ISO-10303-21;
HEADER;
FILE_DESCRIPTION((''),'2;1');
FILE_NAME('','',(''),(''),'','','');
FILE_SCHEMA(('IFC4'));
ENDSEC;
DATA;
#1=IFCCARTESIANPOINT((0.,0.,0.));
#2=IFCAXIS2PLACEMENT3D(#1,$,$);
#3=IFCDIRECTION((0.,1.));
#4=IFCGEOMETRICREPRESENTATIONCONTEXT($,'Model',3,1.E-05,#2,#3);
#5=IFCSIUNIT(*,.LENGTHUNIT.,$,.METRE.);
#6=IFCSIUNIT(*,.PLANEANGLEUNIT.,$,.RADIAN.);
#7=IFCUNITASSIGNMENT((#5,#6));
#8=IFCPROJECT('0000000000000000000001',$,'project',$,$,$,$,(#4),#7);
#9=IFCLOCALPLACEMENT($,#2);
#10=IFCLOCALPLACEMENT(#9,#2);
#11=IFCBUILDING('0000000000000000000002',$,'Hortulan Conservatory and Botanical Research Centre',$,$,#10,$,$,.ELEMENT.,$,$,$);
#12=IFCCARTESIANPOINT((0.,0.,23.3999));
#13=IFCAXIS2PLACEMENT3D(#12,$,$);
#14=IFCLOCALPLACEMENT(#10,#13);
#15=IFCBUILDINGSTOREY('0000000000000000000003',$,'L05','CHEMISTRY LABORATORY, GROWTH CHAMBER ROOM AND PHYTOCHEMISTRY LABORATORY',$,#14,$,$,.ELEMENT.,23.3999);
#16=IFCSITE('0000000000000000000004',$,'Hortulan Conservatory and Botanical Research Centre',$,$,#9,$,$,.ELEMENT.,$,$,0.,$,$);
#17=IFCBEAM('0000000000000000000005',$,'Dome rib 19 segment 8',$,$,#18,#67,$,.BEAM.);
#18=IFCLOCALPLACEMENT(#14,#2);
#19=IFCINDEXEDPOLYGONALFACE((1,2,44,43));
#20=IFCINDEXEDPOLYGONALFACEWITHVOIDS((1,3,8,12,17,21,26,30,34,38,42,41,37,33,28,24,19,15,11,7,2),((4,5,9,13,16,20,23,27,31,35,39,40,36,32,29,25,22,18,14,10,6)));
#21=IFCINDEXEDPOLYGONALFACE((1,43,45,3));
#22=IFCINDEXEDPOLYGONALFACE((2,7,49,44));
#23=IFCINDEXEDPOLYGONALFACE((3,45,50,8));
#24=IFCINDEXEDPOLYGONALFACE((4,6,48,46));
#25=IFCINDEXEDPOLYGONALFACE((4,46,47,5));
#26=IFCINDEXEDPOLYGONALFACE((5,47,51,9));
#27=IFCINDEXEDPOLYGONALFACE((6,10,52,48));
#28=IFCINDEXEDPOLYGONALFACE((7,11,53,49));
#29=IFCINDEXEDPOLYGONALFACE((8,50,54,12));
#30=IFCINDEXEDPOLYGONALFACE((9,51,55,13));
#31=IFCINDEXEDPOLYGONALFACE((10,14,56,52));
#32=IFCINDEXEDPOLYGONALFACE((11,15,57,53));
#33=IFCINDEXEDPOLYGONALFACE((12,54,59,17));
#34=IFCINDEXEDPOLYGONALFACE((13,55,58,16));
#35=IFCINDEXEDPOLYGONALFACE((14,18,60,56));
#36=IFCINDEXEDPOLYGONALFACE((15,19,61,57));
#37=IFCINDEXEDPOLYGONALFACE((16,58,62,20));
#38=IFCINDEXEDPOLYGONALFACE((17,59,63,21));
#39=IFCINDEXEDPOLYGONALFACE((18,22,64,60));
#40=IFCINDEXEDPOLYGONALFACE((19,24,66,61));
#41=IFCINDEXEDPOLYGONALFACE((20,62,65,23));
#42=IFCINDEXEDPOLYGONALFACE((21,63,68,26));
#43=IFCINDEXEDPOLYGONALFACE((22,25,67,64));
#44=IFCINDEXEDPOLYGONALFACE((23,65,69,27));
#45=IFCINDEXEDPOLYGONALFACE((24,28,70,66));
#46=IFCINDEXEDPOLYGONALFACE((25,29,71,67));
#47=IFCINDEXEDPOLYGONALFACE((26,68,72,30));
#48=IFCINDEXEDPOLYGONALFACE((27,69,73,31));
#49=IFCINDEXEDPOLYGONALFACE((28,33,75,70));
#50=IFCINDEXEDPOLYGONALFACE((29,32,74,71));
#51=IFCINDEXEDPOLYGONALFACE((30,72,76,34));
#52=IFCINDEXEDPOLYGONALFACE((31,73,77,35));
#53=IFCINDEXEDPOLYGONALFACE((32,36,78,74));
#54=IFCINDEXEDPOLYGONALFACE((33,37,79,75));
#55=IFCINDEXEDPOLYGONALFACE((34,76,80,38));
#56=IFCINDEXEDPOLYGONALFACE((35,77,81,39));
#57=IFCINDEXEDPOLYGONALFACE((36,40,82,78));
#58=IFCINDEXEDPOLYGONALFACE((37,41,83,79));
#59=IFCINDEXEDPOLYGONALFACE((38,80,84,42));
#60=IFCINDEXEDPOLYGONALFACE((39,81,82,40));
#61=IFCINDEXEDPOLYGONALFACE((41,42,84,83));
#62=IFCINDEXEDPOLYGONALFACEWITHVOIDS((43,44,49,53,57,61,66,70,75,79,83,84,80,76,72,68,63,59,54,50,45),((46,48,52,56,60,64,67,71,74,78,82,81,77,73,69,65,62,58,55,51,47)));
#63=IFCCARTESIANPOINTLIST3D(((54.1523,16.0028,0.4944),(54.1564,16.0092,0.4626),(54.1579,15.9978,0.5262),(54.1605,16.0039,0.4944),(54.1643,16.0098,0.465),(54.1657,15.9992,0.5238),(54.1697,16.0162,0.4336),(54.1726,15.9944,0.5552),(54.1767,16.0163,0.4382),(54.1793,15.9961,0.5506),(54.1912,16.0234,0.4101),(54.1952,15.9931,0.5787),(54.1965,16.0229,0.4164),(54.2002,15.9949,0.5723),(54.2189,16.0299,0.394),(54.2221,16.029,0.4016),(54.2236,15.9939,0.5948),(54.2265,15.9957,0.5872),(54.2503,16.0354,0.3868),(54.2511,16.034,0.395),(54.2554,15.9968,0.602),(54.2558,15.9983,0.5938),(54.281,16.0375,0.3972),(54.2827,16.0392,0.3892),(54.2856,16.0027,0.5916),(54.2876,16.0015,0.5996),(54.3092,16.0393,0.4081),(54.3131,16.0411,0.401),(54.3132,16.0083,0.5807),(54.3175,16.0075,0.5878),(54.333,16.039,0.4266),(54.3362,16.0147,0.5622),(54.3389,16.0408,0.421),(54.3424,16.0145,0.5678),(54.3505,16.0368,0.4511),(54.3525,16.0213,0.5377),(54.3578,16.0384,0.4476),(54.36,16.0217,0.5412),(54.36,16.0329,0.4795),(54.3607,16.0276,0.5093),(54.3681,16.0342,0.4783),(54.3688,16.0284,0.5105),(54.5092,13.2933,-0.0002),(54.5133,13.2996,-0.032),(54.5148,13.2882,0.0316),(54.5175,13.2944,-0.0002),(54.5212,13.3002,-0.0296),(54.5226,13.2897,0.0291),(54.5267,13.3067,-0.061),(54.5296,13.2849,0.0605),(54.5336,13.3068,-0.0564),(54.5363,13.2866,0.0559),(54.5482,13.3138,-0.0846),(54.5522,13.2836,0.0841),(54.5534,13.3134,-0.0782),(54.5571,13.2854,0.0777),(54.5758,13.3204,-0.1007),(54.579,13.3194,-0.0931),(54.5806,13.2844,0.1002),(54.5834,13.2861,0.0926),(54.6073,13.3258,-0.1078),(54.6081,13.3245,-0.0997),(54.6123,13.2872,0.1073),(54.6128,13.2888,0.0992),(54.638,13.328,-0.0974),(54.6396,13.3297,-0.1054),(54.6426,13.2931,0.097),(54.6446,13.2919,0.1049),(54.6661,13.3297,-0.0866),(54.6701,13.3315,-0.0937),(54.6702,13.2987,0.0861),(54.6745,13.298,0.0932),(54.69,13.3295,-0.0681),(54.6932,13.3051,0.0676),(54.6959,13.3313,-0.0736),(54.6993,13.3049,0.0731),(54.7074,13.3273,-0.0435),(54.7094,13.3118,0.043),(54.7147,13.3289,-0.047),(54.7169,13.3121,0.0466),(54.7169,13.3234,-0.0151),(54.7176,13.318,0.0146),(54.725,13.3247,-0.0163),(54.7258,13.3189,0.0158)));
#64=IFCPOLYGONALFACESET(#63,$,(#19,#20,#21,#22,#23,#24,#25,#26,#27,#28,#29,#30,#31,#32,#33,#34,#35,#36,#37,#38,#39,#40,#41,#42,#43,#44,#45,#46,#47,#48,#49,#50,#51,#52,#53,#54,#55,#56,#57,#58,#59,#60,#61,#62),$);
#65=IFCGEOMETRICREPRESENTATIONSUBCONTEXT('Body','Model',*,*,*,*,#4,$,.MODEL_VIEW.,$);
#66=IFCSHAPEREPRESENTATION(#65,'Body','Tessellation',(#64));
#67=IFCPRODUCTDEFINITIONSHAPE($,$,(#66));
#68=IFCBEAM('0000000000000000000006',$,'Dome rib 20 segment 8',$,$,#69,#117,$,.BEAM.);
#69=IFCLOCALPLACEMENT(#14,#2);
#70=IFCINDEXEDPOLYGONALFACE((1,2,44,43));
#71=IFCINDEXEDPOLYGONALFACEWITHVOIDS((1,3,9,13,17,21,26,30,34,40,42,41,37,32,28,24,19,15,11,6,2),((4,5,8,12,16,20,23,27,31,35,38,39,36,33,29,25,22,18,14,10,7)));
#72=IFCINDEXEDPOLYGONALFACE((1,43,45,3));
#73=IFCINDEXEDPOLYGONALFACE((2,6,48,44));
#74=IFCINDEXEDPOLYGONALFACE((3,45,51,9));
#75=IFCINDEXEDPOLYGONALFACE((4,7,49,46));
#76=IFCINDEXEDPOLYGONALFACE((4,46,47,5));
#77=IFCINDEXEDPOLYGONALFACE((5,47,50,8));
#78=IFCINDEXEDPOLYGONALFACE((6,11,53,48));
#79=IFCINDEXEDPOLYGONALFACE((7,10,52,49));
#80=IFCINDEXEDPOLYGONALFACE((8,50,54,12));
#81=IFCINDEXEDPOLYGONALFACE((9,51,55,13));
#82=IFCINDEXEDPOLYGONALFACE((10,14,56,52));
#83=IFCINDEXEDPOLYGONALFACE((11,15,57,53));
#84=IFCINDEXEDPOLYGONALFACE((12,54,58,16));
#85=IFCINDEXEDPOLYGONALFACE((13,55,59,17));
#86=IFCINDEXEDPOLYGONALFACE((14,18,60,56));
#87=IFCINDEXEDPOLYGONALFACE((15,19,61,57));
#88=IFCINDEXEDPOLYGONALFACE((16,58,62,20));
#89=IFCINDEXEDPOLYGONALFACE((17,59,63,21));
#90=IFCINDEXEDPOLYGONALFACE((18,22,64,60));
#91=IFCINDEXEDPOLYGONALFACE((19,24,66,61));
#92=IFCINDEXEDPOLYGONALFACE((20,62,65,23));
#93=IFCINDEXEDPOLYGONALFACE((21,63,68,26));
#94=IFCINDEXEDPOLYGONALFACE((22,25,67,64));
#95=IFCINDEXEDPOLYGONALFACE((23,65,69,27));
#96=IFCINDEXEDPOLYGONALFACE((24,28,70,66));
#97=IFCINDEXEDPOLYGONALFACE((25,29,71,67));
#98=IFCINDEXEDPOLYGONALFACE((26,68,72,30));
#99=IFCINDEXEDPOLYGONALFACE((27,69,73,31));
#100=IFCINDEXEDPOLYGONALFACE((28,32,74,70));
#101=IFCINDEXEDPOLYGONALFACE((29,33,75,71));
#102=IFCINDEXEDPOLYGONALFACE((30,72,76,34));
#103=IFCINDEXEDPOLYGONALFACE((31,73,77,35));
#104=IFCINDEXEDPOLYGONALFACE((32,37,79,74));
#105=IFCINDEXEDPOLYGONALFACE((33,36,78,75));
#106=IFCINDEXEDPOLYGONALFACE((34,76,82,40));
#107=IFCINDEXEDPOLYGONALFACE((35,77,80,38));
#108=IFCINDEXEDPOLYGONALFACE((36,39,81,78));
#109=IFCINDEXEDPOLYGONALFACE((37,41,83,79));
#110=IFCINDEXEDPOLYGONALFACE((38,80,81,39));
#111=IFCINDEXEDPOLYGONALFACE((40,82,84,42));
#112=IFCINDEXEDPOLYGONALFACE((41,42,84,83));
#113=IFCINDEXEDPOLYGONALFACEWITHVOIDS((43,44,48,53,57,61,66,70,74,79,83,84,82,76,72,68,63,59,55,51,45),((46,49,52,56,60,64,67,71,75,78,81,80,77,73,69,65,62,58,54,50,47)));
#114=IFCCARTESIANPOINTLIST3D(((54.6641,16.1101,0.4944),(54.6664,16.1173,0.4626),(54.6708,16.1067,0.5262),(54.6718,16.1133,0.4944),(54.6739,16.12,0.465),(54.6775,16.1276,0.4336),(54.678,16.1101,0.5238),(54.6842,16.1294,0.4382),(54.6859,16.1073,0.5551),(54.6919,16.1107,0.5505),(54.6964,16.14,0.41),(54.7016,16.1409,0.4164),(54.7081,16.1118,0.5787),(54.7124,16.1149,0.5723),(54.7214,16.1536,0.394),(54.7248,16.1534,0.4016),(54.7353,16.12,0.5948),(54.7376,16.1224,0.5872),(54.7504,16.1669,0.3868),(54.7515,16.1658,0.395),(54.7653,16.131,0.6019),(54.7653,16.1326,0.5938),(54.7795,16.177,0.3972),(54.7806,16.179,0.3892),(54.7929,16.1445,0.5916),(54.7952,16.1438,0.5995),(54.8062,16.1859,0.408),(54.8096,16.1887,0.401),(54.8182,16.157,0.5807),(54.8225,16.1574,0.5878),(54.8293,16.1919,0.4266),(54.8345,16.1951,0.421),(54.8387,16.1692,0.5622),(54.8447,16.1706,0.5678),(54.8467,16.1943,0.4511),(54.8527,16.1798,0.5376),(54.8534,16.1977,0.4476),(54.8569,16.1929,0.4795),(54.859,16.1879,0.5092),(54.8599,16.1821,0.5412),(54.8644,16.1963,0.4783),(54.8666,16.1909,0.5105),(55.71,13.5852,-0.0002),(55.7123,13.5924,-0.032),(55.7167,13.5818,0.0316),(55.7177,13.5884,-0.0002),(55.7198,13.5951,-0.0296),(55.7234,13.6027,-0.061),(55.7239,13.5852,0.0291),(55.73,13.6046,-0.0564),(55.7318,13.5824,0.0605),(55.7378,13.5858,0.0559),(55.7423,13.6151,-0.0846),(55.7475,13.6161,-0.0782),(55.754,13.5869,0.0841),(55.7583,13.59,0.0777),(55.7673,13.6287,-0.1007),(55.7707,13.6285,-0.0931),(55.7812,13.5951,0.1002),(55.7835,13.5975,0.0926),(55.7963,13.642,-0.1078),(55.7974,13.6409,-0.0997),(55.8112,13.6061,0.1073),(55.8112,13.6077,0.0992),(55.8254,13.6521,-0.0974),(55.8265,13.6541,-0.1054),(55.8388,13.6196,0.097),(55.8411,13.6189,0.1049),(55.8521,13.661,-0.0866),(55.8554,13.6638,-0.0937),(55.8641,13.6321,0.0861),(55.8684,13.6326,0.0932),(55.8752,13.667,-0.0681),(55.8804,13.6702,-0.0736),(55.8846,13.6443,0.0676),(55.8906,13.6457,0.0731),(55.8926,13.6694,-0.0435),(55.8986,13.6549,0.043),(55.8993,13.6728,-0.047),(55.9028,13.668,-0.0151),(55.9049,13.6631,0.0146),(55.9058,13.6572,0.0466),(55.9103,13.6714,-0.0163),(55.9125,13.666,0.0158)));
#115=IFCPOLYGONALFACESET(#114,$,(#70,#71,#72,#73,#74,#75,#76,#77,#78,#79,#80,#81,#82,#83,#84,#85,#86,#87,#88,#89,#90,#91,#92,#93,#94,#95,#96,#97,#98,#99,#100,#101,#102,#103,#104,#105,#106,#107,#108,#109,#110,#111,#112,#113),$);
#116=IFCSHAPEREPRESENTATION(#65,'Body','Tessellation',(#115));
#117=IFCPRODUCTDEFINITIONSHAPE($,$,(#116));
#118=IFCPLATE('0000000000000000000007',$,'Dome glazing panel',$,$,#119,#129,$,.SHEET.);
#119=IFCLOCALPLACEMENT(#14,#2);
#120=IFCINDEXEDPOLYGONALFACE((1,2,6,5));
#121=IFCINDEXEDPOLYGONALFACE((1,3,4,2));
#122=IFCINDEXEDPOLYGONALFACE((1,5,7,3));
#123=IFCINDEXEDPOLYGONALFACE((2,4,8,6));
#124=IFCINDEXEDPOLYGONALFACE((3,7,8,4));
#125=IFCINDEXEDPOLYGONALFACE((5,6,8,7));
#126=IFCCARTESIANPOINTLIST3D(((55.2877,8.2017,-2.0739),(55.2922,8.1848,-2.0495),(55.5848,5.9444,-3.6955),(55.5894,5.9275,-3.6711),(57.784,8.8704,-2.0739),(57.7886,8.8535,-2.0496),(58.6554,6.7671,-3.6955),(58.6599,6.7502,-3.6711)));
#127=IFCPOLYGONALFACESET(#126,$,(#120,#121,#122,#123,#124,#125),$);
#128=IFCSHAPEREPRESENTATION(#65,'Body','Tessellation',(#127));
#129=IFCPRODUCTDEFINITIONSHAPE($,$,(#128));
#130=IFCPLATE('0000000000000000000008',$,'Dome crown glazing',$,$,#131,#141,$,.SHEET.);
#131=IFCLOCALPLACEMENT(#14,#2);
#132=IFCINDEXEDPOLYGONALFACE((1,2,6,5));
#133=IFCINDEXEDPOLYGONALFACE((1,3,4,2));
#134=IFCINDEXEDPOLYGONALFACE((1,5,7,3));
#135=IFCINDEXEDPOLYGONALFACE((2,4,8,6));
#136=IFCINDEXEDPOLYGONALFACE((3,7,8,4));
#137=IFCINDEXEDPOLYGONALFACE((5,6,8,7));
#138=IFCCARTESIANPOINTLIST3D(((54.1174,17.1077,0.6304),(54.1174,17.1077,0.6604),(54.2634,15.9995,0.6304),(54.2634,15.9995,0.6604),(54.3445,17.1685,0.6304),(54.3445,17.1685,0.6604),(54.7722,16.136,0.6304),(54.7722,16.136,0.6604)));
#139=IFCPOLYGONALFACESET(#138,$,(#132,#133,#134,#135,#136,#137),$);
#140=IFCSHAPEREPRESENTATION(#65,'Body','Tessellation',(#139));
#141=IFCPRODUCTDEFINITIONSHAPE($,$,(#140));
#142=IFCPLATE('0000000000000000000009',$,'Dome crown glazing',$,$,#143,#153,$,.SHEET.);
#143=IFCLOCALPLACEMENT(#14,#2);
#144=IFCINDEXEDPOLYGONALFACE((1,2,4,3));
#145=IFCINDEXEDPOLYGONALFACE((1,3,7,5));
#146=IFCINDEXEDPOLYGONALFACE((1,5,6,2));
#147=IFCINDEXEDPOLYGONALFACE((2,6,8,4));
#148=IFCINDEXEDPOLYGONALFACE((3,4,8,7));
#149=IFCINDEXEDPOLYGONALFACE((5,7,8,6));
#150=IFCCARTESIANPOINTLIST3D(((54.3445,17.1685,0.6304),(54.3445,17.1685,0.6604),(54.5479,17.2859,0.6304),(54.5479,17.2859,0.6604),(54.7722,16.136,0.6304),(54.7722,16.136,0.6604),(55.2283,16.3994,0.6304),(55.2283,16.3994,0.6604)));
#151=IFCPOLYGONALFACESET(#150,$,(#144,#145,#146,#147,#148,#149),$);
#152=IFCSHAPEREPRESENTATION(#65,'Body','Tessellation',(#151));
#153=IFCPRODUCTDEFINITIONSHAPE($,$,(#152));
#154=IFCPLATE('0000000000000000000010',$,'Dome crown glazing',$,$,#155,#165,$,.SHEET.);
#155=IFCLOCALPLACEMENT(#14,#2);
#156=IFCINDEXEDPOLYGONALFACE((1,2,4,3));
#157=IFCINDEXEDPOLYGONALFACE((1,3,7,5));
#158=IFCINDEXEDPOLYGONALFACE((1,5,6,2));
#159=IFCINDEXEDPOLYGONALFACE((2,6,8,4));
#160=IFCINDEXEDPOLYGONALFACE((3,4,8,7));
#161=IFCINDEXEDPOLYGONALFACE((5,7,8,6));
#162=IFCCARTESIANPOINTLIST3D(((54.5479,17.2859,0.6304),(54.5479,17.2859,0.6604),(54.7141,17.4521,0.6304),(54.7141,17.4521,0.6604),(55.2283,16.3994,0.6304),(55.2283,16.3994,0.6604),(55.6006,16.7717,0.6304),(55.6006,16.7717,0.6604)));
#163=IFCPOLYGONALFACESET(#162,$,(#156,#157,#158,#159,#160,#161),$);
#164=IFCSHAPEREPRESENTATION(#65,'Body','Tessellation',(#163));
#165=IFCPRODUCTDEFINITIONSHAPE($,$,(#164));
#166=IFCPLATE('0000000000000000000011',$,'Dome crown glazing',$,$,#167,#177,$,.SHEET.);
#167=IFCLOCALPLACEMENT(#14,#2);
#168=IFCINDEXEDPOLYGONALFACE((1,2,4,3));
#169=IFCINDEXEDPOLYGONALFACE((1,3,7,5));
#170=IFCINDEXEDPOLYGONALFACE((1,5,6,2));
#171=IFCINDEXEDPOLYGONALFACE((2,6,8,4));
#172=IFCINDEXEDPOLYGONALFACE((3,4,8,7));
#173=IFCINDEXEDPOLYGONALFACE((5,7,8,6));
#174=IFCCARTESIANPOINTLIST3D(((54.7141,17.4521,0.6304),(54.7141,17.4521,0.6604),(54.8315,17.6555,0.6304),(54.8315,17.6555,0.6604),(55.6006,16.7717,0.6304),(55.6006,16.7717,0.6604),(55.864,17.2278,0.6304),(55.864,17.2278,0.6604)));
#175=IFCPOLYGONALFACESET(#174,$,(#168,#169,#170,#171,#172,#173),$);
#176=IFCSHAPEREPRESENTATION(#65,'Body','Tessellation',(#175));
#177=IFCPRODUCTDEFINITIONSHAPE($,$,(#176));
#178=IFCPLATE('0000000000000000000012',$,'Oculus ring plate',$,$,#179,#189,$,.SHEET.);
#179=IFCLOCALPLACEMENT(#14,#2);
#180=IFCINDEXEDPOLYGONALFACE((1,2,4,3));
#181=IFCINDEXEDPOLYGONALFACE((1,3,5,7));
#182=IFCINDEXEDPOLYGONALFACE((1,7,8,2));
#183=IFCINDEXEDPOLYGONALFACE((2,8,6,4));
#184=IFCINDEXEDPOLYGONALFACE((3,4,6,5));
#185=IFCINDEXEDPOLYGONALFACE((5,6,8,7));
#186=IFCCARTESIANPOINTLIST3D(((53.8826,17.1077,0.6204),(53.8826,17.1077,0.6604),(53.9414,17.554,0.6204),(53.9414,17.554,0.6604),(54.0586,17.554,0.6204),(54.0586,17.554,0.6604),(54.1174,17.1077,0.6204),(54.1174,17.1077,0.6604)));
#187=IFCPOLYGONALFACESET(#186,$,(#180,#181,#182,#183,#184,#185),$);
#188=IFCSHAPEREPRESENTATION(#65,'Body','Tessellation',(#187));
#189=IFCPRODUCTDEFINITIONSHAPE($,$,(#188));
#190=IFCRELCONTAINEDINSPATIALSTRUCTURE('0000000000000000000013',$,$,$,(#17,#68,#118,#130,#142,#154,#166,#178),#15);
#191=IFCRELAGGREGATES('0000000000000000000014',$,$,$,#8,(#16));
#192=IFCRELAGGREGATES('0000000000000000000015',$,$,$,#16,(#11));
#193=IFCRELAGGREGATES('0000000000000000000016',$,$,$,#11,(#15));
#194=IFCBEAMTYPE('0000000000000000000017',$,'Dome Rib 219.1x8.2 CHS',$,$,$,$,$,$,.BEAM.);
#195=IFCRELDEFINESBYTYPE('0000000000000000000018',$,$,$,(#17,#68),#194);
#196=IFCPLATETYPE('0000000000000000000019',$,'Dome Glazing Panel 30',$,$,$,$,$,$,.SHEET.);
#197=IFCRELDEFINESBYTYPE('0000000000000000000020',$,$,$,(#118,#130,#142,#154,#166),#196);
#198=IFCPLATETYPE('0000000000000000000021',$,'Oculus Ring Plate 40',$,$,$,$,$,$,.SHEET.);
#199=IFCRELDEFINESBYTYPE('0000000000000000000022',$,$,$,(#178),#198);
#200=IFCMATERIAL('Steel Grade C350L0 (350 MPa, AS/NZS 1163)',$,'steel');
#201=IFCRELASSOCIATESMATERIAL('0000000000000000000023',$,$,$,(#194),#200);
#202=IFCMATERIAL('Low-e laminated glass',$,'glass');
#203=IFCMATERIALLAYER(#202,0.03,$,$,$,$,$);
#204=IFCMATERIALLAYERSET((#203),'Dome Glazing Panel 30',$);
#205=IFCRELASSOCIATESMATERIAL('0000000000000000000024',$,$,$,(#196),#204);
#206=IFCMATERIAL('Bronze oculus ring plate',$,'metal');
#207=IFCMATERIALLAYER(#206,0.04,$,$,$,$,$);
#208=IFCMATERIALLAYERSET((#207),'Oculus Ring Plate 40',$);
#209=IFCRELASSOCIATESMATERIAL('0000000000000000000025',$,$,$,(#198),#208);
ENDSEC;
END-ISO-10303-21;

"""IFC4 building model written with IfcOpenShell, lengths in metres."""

from ifc_helpers import new_model, si_unit, direction, frame, origin, origin_2d, place, context, subcontext, project, spatial, polyline, hollow_circle, outline, extrude, material, layer, layer_set, material_profile, profile_set, type_object, element, save


model = new_model("IFC4")

# Units and contexts
model_context = context("Model", 3, precision=1e-05, world=origin(), true_north=direction((0.0, 1.0)))
body_context = subcontext(model_context, "Body", "Model", "MODEL_VIEW")
ifc_project = project(units=[si_unit("LENGTHUNIT", "METRE"), si_unit("PLANEANGLEUNIT", "RADIAN")], contexts=[model_context])

# Site, building, storey
site_placement = place(None, origin())
site = spatial("IfcSite", under=ifc_project, at=site_placement, Name="Hortulan Conservatory and Botanical Research Centre", CompositionType="ELEMENT", RefElevation=0.0)
building_placement = place(site_placement, origin())
building = spatial("IfcBuilding", under=site, at=building_placement, Name="Hortulan Conservatory and Botanical Research Centre", CompositionType="ELEMENT")
storey_placement = place(building_placement, frame((0.0, 0.0, 23.3999)))
storey = spatial("IfcBuildingStorey", under=building, at=storey_placement, Name="L05", Description="CHEMISTRY LABORATORY, GROWTH CHAMBER ROOM AND PHYTOCHEMISTRY LABORATORY", CompositionType="ELEMENT", Elevation=23.3999)

# Shared definitions
ifc_material_1 = material(Name="Steel Grade C350L0 (350 MPa, AS/NZS 1163)", Category="steel")

# Beams
ifc_material_profile_1 = material_profile(ifc_material_1, hollow_circle(Radius=0.1096, WallThickness=0.0083, at=origin_2d()), Name="219.1x8.2CHS")
ifc_profile_set_1 = profile_set([ifc_material_profile_1], Name="Steel Grade C350L0 (350 MPa, AS/NZS 1163)")
beam_type = type_object("IfcBeamType", Name="Dome Rib 219.1x8.2 CHS", PredefinedType="BEAM", material=ifc_profile_set_1)
for number, where, z_axis, x_axis, name in (
    (1, (54.6179, 13.3076, -0.0002), (-0.128519, 0.975584, 0.178098), (-0.991434, -0.130607, 0.0), "Dome rib 19 segment 8"),
    (2, (55.8113, 13.6272, -0.0002), (-0.376581, 0.909104, 0.178094), (-0.923873, -0.382699, 0.0), "Dome rib 20 segment 8"),
):
    element("IfcBeam", number, at=place(storey_placement, frame(where, z_axis=z_axis, x_axis=x_axis)), inside=storey, type_object=beam_type, Name=name, PredefinedType="BEAM", context=body_context, shape_type="SweptSolid", body=[
        extrude(hollow_circle(Radius=0.1096, WallThickness=0.0083, at=origin_2d()), origin(), (0.0, 0.0, 1.0), 2.7773),
    ])

# Plates
ifc_material_2 = material(Name="Low-e laminated glass", Category="glass")
ifc_layer_1 = layer(ifc_material_2, 0.03)
ifc_layer_set_1 = layer_set([ifc_layer_1], Name="Dome Glazing Panel 30")
plate_type_1 = type_object("IfcPlateType", Name="Dome Glazing Panel 30", PredefinedType="SHEET", material=ifc_layer_set_1)
plate_1_placement = place(storey_placement, frame((55.5894, 5.9275, -3.6711), z_axis=(0.15099, -0.563573, 0.81215), x_axis=(0.965929, 0.258809, 0.000015)))
element("IfcPlate", 3, at=plate_1_placement, inside=storey, type_object=plate_type_1, Name="Dome glazing panel", PredefinedType="SHEET", context=body_context, shape_type="SweptSolid", body=[
    extrude(outline(polyline([(0.0, 0.0), (3.1789, 0.0), (2.8816, 2.7792), (0.2972, 2.7794), (0.0, 0.0)])), origin(), (0.0, 0.0, -1.0), 0.03),
])
plate_2_placement = place(storey_placement, frame((54.2634, 15.9995, 0.6604), z_axis=(0.0, 0.0, 1.0), x_axis=(0.965857, 0.259076, 0.0)))
element("IfcPlate", 4, at=plate_2_placement, inside=storey, type_object=plate_type_1, Name="Dome crown glazing", PredefinedType="SHEET", context=body_context, shape_type="SweptSolid", body=[
    extrude(outline(polyline([(0.0, 0.0), (0.5268, 0.0), (0.3811, 1.108), (0.1461, 1.1081), (0.0, 0.0)])), origin(), (0.0, 0.0, -1.0), 0.03),
])
plate_3_placement = place(storey_placement, frame((54.7722, 16.136, 0.6604), z_axis=(0.0, 0.0, 1.0), x_axis=(0.865923, 0.500177, 0.0)))
element("IfcPlate", 5, at=plate_3_placement, inside=storey, type_object=plate_type_1, Name="Dome crown glazing", PredefinedType="SHEET", context=body_context, shape_type="SweptSolid", body=[
    extrude(outline(polyline([(0.0, 0.0), (0.5267, 0.0), (0.3809, 1.1079), (0.146, 1.108), (0.0, 0.0)])), origin(), (0.0, 0.0, -1.0), 0.03),
])
plate_4_placement = place(storey_placement, frame((55.2283, 16.3994, 0.6604), z_axis=(0.0, 0.0, 1.0), x_axis=(0.707107, 0.707107, 0.0)))
element("IfcPlate", 6, at=plate_4_placement, inside=storey, type_object=plate_type_1, Name="Dome crown glazing", PredefinedType="SHEET", context=body_context, shape_type="SweptSolid", body=[
    extrude(outline(polyline([(0.0, 0.0), (0.5265, 0.0), (0.3808, 1.108), (0.1457, 1.108), (0.0, 0.0)])), origin(), (0.0, 0.0, -1.0), 0.03),
])
plate_5_placement = place(storey_placement, frame((55.6006, 16.7717, 0.6604), z_axis=(0.0, 0.0, 1.0), x_axis=(0.500177, 0.865923, 0.0)))
element("IfcPlate", 7, at=plate_5_placement, inside=storey, type_object=plate_type_1, Name="Dome crown glazing", PredefinedType="SHEET", context=body_context, shape_type="SweptSolid", body=[
    extrude(outline(polyline([(0.0, 0.0), (0.5267, 0.0), (0.3806, 1.108), (0.1458, 1.1079), (0.0, 0.0)])), origin(), (0.0, 0.0, -1.0), 0.03),
])
ifc_material_3 = material(Name="Bronze oculus ring plate", Category="metal")
ifc_layer_2 = layer(ifc_material_3, 0.04)
ifc_layer_set_2 = layer_set([ifc_layer_2], Name="Oculus Ring Plate 40")
plate_type_2 = type_object("IfcPlateType", Name="Oculus Ring Plate 40", PredefinedType="SHEET", material=ifc_layer_set_2)
plate_6_placement = place(storey_placement, frame((53.8826, 17.1077, 0.6604), z_axis=(0.0, 0.0, 1.0), x_axis=(1.0, 0.0, 0.0)))
element("IfcPlate", 8, at=plate_6_placement, inside=storey, type_object=plate_type_2, Name="Oculus ring plate", PredefinedType="SHEET", context=body_context, shape_type="SweptSolid", body=[
    extrude(outline(polyline([(0.0, 0.0), (0.2349, 0.0), (0.176, 0.4463), (0.0588, 0.4463), (0.0, 0.0)])), origin(), (0.0, 0.0, -1.0), 0.04),
])

save(model, "model.ifc")
